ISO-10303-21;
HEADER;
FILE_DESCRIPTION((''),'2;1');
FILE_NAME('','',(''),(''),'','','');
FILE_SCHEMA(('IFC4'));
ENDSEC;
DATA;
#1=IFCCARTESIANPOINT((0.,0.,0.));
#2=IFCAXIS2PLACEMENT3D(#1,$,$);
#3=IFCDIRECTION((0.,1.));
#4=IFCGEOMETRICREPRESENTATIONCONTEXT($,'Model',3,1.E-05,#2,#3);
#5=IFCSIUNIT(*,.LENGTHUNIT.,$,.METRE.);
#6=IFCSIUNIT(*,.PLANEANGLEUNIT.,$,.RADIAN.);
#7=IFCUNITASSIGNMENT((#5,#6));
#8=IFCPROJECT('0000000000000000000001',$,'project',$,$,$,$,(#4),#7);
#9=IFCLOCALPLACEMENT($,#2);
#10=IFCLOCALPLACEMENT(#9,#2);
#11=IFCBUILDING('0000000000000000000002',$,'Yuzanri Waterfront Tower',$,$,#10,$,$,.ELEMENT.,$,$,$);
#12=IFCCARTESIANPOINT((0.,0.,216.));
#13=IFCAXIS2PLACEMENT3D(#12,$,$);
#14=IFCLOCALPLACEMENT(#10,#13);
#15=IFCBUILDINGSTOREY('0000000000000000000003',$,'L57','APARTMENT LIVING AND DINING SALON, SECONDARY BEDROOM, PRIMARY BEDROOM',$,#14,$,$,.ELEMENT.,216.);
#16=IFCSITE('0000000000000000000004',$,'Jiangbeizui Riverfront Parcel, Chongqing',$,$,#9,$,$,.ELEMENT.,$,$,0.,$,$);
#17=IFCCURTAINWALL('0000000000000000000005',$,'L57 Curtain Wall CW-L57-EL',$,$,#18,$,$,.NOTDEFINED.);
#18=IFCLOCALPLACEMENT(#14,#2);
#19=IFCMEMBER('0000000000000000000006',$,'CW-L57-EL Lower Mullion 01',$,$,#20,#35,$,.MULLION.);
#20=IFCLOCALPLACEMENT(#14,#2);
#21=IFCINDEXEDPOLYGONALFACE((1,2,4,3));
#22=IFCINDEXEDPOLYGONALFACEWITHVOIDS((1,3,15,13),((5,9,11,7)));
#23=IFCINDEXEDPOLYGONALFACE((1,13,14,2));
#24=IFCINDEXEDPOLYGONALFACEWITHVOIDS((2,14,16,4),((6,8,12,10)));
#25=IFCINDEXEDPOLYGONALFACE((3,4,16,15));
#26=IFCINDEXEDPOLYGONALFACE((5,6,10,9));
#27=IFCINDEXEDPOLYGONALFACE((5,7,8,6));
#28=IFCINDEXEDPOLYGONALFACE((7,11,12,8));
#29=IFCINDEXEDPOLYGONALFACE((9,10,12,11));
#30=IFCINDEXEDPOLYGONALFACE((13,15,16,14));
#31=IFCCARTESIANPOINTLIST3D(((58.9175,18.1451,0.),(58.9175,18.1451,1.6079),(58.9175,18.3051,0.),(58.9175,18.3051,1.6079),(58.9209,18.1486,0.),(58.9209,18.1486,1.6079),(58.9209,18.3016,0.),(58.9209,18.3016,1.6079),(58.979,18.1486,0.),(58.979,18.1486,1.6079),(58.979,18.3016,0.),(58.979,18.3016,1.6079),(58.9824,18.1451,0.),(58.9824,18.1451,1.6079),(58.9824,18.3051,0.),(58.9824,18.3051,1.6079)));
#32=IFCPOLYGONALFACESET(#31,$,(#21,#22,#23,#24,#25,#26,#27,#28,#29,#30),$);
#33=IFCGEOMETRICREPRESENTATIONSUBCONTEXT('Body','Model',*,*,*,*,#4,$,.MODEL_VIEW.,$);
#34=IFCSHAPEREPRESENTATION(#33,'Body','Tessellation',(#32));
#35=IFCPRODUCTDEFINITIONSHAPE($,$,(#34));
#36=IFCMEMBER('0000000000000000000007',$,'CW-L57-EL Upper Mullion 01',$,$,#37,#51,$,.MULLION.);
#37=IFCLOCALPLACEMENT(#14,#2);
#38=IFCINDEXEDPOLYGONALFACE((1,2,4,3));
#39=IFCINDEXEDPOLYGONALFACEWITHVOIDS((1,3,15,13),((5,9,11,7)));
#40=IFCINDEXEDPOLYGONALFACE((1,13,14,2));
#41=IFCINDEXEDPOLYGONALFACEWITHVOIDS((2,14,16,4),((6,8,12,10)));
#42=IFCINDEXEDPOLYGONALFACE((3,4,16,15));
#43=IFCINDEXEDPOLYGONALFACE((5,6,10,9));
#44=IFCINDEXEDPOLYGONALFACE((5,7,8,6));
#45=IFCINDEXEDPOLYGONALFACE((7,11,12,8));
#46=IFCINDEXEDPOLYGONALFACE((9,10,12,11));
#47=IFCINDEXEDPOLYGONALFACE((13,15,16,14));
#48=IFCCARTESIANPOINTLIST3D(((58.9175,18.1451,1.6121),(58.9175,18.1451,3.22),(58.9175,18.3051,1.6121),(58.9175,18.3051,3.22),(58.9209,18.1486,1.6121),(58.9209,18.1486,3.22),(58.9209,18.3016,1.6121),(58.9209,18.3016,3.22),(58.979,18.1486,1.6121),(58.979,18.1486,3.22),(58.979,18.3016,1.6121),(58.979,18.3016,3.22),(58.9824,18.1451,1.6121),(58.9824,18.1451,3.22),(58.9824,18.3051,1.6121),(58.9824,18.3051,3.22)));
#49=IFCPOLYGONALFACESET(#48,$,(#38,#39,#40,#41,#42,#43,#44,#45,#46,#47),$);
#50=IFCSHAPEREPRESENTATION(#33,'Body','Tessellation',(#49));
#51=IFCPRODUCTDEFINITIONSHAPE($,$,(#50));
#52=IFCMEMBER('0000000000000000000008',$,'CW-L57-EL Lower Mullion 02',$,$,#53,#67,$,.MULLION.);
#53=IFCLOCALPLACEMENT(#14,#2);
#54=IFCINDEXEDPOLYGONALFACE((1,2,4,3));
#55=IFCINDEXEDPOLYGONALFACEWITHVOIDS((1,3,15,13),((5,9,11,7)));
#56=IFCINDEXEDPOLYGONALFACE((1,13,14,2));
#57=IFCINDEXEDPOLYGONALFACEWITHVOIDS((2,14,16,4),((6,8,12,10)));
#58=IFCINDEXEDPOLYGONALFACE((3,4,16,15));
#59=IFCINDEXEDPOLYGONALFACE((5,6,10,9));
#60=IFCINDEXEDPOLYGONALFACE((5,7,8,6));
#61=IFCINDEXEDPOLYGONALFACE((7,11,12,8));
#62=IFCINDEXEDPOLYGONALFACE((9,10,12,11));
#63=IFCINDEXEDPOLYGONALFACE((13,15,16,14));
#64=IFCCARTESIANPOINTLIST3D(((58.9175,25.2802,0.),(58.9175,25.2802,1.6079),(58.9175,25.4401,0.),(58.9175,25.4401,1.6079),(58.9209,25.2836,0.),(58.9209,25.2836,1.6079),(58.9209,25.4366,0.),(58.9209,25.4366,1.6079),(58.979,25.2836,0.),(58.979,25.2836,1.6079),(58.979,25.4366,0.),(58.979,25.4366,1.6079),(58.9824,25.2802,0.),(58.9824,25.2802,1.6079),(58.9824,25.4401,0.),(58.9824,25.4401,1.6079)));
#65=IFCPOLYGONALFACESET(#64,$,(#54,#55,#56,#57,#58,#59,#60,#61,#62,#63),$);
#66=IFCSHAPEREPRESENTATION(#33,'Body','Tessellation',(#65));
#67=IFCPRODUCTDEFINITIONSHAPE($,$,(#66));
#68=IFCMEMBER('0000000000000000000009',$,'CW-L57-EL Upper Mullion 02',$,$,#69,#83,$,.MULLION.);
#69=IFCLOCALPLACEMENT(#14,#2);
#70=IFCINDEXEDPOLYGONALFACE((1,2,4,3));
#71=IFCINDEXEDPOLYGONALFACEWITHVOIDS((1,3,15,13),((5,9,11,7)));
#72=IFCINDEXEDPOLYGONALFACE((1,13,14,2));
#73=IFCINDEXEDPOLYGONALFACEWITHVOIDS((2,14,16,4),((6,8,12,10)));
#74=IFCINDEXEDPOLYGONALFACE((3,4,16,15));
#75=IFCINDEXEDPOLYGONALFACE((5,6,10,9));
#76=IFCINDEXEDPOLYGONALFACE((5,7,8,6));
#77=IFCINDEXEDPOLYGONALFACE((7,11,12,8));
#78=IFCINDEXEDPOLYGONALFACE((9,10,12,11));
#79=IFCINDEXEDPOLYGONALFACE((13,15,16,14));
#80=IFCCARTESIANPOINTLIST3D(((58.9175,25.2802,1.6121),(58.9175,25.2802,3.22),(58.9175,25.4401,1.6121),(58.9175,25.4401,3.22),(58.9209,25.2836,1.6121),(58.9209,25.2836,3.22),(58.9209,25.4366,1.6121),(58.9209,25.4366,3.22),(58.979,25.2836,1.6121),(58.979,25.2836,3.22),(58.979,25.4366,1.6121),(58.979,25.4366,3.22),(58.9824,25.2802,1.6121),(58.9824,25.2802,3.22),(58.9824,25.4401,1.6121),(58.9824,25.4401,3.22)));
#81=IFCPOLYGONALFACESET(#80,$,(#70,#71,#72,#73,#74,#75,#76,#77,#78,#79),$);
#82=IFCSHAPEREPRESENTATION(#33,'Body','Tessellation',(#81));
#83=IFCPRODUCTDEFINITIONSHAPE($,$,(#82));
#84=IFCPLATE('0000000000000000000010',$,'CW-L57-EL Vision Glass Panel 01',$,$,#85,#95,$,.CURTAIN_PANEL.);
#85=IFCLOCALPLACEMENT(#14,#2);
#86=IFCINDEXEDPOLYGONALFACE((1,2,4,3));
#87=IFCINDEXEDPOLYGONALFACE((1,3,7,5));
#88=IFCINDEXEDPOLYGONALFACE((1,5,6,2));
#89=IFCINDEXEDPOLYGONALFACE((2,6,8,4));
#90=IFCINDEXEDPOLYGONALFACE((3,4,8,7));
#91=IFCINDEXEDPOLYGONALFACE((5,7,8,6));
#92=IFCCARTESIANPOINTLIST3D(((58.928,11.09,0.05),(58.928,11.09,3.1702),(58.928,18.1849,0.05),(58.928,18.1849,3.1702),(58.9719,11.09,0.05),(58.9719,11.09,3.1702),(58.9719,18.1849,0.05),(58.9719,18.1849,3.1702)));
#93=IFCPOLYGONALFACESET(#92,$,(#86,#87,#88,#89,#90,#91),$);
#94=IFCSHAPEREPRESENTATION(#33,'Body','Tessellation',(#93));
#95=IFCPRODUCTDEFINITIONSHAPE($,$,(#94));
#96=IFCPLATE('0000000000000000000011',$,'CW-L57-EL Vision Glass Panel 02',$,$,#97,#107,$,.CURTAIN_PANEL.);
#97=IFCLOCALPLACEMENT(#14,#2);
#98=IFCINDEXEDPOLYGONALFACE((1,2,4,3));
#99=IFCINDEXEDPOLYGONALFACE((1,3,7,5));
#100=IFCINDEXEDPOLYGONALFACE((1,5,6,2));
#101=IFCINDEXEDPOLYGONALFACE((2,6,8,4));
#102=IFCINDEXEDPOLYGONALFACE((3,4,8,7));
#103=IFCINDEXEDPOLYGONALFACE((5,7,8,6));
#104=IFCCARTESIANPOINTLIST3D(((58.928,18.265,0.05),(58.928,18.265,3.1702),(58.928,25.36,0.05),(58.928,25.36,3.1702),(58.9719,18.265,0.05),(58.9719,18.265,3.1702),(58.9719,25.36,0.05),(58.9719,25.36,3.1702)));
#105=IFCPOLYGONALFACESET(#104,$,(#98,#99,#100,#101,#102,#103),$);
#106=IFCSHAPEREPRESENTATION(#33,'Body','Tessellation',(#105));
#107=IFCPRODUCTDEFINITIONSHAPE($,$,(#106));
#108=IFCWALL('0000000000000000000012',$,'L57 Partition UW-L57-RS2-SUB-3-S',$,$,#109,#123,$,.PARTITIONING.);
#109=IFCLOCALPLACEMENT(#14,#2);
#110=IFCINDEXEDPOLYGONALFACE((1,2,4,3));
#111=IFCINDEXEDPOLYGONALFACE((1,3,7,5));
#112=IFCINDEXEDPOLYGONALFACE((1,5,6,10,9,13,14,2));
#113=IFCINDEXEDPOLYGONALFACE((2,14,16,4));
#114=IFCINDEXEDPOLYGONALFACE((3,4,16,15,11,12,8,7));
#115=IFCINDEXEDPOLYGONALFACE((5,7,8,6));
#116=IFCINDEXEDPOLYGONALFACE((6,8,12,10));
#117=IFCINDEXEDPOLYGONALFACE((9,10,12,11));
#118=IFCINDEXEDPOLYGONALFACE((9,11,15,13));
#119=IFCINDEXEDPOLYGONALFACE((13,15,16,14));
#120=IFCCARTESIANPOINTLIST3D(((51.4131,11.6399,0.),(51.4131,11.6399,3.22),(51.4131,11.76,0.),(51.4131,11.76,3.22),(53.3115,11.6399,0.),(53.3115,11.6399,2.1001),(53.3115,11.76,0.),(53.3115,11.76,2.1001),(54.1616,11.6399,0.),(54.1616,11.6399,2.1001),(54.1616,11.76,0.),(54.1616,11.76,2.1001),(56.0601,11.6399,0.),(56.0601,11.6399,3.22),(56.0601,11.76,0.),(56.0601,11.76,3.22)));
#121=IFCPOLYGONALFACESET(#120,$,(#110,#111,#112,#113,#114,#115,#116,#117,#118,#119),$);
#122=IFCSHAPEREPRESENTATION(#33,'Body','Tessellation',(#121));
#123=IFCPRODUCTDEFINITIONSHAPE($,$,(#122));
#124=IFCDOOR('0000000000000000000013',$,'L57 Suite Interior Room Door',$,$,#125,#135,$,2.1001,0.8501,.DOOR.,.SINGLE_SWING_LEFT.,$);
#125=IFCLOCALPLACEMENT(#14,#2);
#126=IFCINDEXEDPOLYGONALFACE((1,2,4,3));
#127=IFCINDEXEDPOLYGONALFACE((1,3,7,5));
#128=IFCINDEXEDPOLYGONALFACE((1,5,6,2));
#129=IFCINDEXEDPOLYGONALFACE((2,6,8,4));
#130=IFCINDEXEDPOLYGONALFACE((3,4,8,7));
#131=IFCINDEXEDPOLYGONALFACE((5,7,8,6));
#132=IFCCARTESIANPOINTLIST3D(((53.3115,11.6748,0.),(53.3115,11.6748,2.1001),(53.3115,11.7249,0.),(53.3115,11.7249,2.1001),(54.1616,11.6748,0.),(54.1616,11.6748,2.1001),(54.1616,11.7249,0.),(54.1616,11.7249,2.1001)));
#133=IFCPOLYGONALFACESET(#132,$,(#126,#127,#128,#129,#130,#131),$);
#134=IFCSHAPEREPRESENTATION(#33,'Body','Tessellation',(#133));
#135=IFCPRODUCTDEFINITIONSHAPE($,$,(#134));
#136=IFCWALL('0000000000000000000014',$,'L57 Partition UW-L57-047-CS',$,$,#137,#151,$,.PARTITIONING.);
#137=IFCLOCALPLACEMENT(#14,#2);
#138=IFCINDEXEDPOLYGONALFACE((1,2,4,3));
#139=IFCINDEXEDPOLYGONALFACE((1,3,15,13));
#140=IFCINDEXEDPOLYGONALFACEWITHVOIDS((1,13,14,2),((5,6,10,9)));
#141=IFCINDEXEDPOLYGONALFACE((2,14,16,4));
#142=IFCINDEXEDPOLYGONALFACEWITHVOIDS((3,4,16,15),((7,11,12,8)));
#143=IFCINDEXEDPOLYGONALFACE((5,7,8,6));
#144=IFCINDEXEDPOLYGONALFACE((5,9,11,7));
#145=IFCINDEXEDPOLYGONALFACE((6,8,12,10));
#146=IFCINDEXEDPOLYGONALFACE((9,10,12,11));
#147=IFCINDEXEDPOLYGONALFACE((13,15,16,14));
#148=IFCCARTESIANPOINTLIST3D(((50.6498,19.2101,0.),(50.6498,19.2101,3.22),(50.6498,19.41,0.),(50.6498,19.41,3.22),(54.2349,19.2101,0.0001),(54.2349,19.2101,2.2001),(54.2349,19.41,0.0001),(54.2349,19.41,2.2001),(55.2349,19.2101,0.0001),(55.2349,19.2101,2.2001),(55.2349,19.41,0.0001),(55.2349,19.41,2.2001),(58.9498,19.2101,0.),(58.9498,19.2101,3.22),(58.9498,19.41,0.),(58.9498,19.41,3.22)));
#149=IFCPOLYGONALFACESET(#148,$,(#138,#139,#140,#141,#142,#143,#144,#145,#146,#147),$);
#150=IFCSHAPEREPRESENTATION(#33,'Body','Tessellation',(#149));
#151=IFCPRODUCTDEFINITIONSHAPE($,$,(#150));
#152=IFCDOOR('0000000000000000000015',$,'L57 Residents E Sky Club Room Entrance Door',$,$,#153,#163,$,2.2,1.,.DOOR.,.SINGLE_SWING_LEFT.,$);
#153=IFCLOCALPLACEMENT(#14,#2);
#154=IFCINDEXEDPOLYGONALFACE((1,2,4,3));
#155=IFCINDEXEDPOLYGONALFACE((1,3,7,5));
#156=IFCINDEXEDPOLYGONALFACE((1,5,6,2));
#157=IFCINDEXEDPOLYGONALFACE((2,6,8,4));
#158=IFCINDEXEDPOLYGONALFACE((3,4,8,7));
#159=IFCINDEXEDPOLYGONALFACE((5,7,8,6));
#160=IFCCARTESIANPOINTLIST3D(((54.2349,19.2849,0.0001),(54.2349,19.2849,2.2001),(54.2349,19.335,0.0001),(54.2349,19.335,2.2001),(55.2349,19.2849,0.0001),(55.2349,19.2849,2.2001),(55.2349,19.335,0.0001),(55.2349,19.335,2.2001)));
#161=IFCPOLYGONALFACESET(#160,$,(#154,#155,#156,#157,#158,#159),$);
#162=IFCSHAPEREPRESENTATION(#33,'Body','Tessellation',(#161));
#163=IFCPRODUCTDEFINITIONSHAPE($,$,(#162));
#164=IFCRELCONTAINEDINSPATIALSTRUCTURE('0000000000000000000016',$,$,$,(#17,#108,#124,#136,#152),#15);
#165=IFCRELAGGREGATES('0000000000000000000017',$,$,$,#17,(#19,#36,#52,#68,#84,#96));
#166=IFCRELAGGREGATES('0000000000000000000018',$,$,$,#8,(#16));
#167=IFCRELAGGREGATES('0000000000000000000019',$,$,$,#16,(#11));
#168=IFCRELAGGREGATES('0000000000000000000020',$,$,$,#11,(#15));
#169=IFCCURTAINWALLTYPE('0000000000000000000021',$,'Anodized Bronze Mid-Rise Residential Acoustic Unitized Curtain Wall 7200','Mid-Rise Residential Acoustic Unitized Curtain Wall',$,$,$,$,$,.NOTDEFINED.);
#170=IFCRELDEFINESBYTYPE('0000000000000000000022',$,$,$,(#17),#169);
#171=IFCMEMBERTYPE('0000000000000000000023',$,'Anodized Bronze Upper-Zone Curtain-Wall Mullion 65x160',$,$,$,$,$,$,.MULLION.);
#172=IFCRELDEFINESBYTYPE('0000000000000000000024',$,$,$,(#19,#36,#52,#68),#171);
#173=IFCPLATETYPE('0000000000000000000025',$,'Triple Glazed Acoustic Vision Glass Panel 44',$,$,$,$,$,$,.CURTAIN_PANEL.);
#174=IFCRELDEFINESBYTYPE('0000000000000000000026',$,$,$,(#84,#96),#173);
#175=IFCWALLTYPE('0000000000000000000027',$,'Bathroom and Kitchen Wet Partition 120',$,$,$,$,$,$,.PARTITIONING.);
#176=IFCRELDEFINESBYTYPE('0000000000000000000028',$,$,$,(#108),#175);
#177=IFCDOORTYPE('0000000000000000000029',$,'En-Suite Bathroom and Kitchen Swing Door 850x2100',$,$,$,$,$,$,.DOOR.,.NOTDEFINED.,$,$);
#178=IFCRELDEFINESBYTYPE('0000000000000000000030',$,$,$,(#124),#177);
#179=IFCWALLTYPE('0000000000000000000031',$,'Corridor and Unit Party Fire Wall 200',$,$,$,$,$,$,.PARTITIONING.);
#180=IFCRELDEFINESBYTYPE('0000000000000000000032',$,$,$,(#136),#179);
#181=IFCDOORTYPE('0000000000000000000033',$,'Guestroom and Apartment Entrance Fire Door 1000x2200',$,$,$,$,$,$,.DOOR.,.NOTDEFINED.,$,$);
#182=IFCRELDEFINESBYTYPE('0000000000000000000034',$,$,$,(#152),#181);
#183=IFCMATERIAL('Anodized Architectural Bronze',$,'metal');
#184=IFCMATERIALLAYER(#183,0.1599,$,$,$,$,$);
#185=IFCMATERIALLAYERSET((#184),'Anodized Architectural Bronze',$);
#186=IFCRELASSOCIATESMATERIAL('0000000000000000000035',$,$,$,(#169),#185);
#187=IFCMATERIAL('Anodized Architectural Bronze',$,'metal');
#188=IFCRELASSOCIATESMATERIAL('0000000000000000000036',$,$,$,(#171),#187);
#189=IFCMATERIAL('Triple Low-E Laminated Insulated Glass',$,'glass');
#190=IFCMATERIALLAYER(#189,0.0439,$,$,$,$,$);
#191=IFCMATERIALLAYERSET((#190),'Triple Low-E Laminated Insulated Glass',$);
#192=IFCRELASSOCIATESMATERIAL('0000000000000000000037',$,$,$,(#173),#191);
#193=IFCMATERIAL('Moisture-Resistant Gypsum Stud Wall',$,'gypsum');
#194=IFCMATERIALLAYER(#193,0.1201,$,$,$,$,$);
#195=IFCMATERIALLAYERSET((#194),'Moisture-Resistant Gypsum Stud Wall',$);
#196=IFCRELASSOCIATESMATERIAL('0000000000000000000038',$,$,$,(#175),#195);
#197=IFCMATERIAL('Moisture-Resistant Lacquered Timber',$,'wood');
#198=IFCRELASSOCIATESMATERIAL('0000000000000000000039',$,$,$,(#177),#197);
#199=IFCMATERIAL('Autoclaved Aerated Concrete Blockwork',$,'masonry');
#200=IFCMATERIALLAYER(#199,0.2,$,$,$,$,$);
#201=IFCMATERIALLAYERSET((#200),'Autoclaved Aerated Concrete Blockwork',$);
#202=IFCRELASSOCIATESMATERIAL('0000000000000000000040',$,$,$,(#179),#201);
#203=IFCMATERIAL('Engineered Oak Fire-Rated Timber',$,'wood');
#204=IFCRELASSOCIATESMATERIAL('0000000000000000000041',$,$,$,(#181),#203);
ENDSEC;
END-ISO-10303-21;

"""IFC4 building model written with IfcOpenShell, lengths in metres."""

from ifc_helpers import new_model, si_unit, direction, frame, frame_2d, origin, origin_2d, place, context, subcontext, project, spatial, rectangle, hollow_rectangle, extrude, source, transform, mapped, material, layer, layer_set, material_profile, profile_set, type_object, element, fill, aggregate, save


model = new_model("IFC4")

# Units and contexts
model_context = context("Model", 3, precision=1e-05, world=origin(), true_north=direction((0.0, 1.0)))
body_context = subcontext(model_context, "Body", "Model", "MODEL_VIEW")
ifc_project = project(units=[si_unit("LENGTHUNIT", "METRE"), si_unit("PLANEANGLEUNIT", "RADIAN")], contexts=[model_context])

# Site, building, storey
site_placement = place(None, origin())
site = spatial("IfcSite", under=ifc_project, at=site_placement, Name="Jiangbeizui Riverfront Parcel, Chongqing", CompositionType="ELEMENT", RefElevation=0.0)
building_placement = place(site_placement, origin())
building = spatial("IfcBuilding", under=site, at=building_placement, Name="Yuzanri Waterfront Tower", CompositionType="ELEMENT")
storey_placement = place(building_placement, frame((0.0, 0.0, 216.0)))
storey = spatial("IfcBuildingStorey", under=building, at=storey_placement, Name="L57", Description="APARTMENT LIVING AND DINING SALON, SECONDARY BEDROOM, PRIMARY BEDROOM", CompositionType="ELEMENT", Elevation=216.0)

# Curtain wall, members, plates
ifc_material_1 = material(Name="Anodized Architectural Bronze", Category="metal")
ifc_layer_1 = layer(ifc_material_1, 0.1599)
ifc_layer_set_1 = layer_set([ifc_layer_1], Name="Anodized Architectural Bronze")
curtain_wall_type = type_object("IfcCurtainWallType", Name="Anodized Bronze Mid-Rise Residential Acoustic Unitized Curtain Wall 7200", Description="Mid-Rise Residential Acoustic Unitized Curtain Wall", PredefinedType="NOTDEFINED", material=ifc_layer_set_1)
curtain_wall_placement = place(storey_placement, origin())
curtain_wall = element("IfcCurtainWall", 1, at=curtain_wall_placement, inside=storey, type_object=curtain_wall_type, Name="L57 Curtain Wall CW-L57-EL", PredefinedType="NOTDEFINED")
ifc_material_2 = material(Name="Anodized Architectural Bronze", Category="metal")
ifc_material_profile_1 = material_profile(ifc_material_2, hollow_rectangle(XDim=0.0649, YDim=0.1599, WallThickness=0.0034, at=origin_2d()), Name="CWM 65x160")
ifc_profile_set_1 = profile_set([ifc_material_profile_1], Name="Anodized Architectural Bronze")
member_type_1 = type_object("IfcMemberType", Name="Anodized Bronze Upper-Zone Curtain-Wall Mullion 65x160", PredefinedType="MULLION", material=ifc_profile_set_1)
shared_shape_1 = source(origin(), body_context, "Body", "SweptSolid", [
    extrude(hollow_rectangle(XDim=0.0649, YDim=0.1599, WallThickness=0.0034, at=origin_2d()), origin(), (0.0, 0.0, 1.0), 1.6079),
])
member_1_placement = place(storey_placement, frame((58.95, 18.2251, 0.0), z_axis=(0.0, 0.0, 1.0), x_axis=(1.0, 0.0, 0.0)))
member_1 = element("IfcMember", 2, at=member_1_placement, type_object=member_type_1, Name="CW-L57-EL Lower Mullion 01", PredefinedType="MULLION", context=body_context, shape_type="MappedRepresentation", body=[
    mapped(shared_shape_1, transform((0.0, 0.0, 0.0), scale=1.0)),
])
member_2_placement = place(storey_placement, frame((58.95, 18.2251, 1.6121), z_axis=(0.0, 0.0, 1.0), x_axis=(1.0, 0.0, 0.0)))
member_2 = element("IfcMember", 3, at=member_2_placement, type_object=member_type_1, Name="CW-L57-EL Upper Mullion 01", PredefinedType="MULLION", context=body_context, shape_type="MappedRepresentation", body=[
    mapped(shared_shape_1, transform((0.0, 0.0, 0.0), scale=1.0)),
])
member_3_placement = place(storey_placement, frame((58.95, 25.3601, 0.0), z_axis=(0.0, 0.0, 1.0), x_axis=(1.0, 0.0, 0.0)))
member_3 = element("IfcMember", 4, at=member_3_placement, type_object=member_type_1, Name="CW-L57-EL Lower Mullion 02", PredefinedType="MULLION", context=body_context, shape_type="MappedRepresentation", body=[
    mapped(shared_shape_1, transform((0.0, 0.0, 0.0), scale=1.0)),
])
member_4_placement = place(storey_placement, frame((58.95, 25.3601, 1.6121), z_axis=(0.0, 0.0, 1.0), x_axis=(1.0, 0.0, 0.0)))
member_4 = element("IfcMember", 5, at=member_4_placement, type_object=member_type_1, Name="CW-L57-EL Upper Mullion 02", PredefinedType="MULLION", context=body_context, shape_type="MappedRepresentation", body=[
    mapped(shared_shape_1, transform((0.0, 0.0, 0.0), scale=1.0)),
])
ifc_material_3 = material(Name="Triple Low-E Laminated Insulated Glass", Category="glass")
ifc_layer_2 = layer(ifc_material_3, 0.0439)
ifc_layer_set_2 = layer_set([ifc_layer_2], Name="Triple Low-E Laminated Insulated Glass")
plate_type = type_object("IfcPlateType", Name="Triple Glazed Acoustic Vision Glass Panel 44", PredefinedType="CURTAIN_PANEL", material=ifc_layer_set_2)
shared_shape_2 = source(origin(), body_context, "Body", "SweptSolid", [
    extrude(rectangle(XDim=7.095, YDim=0.0439, at=origin_2d()), origin(), (0.0, 0.0, 1.0), 3.1201),
])
plate_1_placement = place(storey_placement, frame((58.95, 14.6375, 0.05), z_axis=(0.0, 0.0, 1.0), x_axis=(0.0, 1.0, 0.0)))
plate_1 = element("IfcPlate", 6, at=plate_1_placement, type_object=plate_type, Name="CW-L57-EL Vision Glass Panel 01", PredefinedType="CURTAIN_PANEL", context=body_context, shape_type="MappedRepresentation", body=[
    mapped(shared_shape_2, transform((0.0, 0.0, 0.0), scale=1.0)),
])
plate_2_placement = place(storey_placement, frame((58.95, 21.8125, 0.05), z_axis=(0.0, 0.0, 1.0), x_axis=(0.0, 1.0, 0.0)))
plate_2 = element("IfcPlate", 7, at=plate_2_placement, type_object=plate_type, Name="CW-L57-EL Vision Glass Panel 02", PredefinedType="CURTAIN_PANEL", context=body_context, shape_type="MappedRepresentation", body=[
    mapped(shared_shape_2, transform((0.0, 0.0, 0.0), scale=1.0)),
])
aggregate(curtain_wall, [member_1, member_2, member_3, member_4, plate_1, plate_2])

# Walls, openings, doors
ifc_material_4 = material(Name="Moisture-Resistant Gypsum Stud Wall", Category="gypsum")
ifc_layer_3 = layer(ifc_material_4, 0.1201)
ifc_layer_set_3 = layer_set([ifc_layer_3], Name="Moisture-Resistant Gypsum Stud Wall")
wall_type_1 = type_object("IfcWallType", Name="Bathroom and Kitchen Wet Partition 120", PredefinedType="PARTITIONING", material=ifc_layer_set_3)
wall_1_placement = place(storey_placement, frame((51.4131, 11.7, 0.0), z_axis=(0.0, 0.0, 1.0), x_axis=(1.0, 0.0, 0.0)))
wall_1 = element("IfcWall", 8, at=wall_1_placement, inside=storey, type_object=wall_type_1, Name="L57 Partition UW-L57-RS2-SUB-3-S", PredefinedType="PARTITIONING", context=body_context, shape_type="SweptSolid", body=[
    extrude(rectangle(XDim=4.647, YDim=0.1201, at=frame_2d((2.3235, 0.0))), origin(), (0.0, 0.0, 1.0), 3.22),
])
opening_1_placement = place(wall_1_placement, frame((1.8984, 0.0, 0.0)))
opening_1 = element("IfcOpeningElement", 9, at=opening_1_placement, cuts=wall_1, PredefinedType="OPENING", context=body_context, shape_type="SweptSolid", body=[
    extrude(rectangle(XDim=0.8501, YDim=2.1001, at=frame_2d((0.425, 1.05))), frame((0.0, 0.075, 0.0), z_axis=(0.0, -1.0, 0.0), x_axis=(1.0, 0.0, 0.0)), (0.0, 0.0, 1.0), 0.1499),
])
ifc_material_5 = material(Name="Moisture-Resistant Lacquered Timber", Category="wood")
door_type_1 = type_object("IfcDoorType", Name="En-Suite Bathroom and Kitchen Swing Door 850x2100", OperationType="NOTDEFINED", PredefinedType="DOOR", material=ifc_material_5)
shared_shape_3 = source(origin(), body_context, "Body", "SweptSolid", [
    extrude(rectangle(XDim=0.8501, YDim=2.1001, at=frame_2d((0.425, 1.05))), frame((0.0, 0.0249, 0.0), z_axis=(0.0, -1.0, 0.0), x_axis=(1.0, 0.0, 0.0)), (0.0, 0.0, 1.0), 0.05),
])
door_1_placement = place(opening_1_placement, origin())
door_1 = element("IfcDoor", 10, at=door_1_placement, inside=storey, type_object=door_type_1, Name="L57 Suite Interior Room Door", OperationType="SINGLE_SWING_LEFT", OverallHeight=2.1001, OverallWidth=0.8501, PredefinedType="DOOR", context=body_context, shape_type="MappedRepresentation", body=[
    mapped(shared_shape_3, transform((0.0, 0.0, 0.0), scale=1.0)),
])
fill(opening_1, door_1)
ifc_material_6 = material(Name="Autoclaved Aerated Concrete Blockwork", Category="masonry")
ifc_layer_4 = layer(ifc_material_6, 0.2)
ifc_layer_set_4 = layer_set([ifc_layer_4], Name="Autoclaved Aerated Concrete Blockwork")
wall_type_2 = type_object("IfcWallType", Name="Corridor and Unit Party Fire Wall 200", PredefinedType="PARTITIONING", material=ifc_layer_set_4)
wall_2_placement = place(storey_placement, frame((50.6499, 19.3101, 0.0), z_axis=(0.0, 0.0, 1.0), x_axis=(1.0, 0.0, 0.0)))
wall_2 = element("IfcWall", 11, at=wall_2_placement, inside=storey, type_object=wall_type_2, Name="L57 Partition UW-L57-047-CS", PredefinedType="PARTITIONING", context=body_context, shape_type="SweptSolid", body=[
    extrude(rectangle(XDim=8.3, YDim=0.2, at=frame_2d((4.1499, 0.0))), origin(), (0.0, 0.0, 1.0), 3.22),
])
opening_2_placement = place(wall_2_placement, frame((3.585, 0.0, 0.0)))
opening_2 = element("IfcOpeningElement", 12, at=opening_2_placement, cuts=wall_2, PredefinedType="OPENING", context=body_context, shape_type="SweptSolid", body=[
    extrude(rectangle(XDim=1.0, YDim=2.2, at=frame_2d((0.5, 1.1001))), frame((0.0, 0.1147, 0.0), z_axis=(0.0, -1.0, 0.0), x_axis=(1.0, 0.0, 0.0)), (0.0, 0.0, 1.0), 0.2297),
])
ifc_material_7 = material(Name="Engineered Oak Fire-Rated Timber", Category="wood")
door_type_2 = type_object("IfcDoorType", Name="Guestroom and Apartment Entrance Fire Door 1000x2200", OperationType="NOTDEFINED", PredefinedType="DOOR", material=ifc_material_7)
shared_shape_4 = source(origin(), body_context, "Body", "SweptSolid", [
    extrude(rectangle(XDim=1.0, YDim=2.2, at=frame_2d((0.5, 1.1001))), frame((0.0, 0.0249, 0.0), z_axis=(0.0, -1.0, 0.0), x_axis=(1.0, 0.0, 0.0)), (0.0, 0.0, 1.0), 0.05),
])
door_2_placement = place(opening_2_placement, origin())
door_2 = element("IfcDoor", 13, at=door_2_placement, inside=storey, type_object=door_type_2, Name="L57 Residents E Sky Club Room Entrance Door", OperationType="SINGLE_SWING_LEFT", OverallHeight=2.2, OverallWidth=1.0, PredefinedType="DOOR", context=body_context, shape_type="MappedRepresentation", body=[
    mapped(shared_shape_4, transform((0.0, 0.0, 0.0), scale=1.0)),
])
fill(opening_2, door_2)

save(model, "model.ifc")
